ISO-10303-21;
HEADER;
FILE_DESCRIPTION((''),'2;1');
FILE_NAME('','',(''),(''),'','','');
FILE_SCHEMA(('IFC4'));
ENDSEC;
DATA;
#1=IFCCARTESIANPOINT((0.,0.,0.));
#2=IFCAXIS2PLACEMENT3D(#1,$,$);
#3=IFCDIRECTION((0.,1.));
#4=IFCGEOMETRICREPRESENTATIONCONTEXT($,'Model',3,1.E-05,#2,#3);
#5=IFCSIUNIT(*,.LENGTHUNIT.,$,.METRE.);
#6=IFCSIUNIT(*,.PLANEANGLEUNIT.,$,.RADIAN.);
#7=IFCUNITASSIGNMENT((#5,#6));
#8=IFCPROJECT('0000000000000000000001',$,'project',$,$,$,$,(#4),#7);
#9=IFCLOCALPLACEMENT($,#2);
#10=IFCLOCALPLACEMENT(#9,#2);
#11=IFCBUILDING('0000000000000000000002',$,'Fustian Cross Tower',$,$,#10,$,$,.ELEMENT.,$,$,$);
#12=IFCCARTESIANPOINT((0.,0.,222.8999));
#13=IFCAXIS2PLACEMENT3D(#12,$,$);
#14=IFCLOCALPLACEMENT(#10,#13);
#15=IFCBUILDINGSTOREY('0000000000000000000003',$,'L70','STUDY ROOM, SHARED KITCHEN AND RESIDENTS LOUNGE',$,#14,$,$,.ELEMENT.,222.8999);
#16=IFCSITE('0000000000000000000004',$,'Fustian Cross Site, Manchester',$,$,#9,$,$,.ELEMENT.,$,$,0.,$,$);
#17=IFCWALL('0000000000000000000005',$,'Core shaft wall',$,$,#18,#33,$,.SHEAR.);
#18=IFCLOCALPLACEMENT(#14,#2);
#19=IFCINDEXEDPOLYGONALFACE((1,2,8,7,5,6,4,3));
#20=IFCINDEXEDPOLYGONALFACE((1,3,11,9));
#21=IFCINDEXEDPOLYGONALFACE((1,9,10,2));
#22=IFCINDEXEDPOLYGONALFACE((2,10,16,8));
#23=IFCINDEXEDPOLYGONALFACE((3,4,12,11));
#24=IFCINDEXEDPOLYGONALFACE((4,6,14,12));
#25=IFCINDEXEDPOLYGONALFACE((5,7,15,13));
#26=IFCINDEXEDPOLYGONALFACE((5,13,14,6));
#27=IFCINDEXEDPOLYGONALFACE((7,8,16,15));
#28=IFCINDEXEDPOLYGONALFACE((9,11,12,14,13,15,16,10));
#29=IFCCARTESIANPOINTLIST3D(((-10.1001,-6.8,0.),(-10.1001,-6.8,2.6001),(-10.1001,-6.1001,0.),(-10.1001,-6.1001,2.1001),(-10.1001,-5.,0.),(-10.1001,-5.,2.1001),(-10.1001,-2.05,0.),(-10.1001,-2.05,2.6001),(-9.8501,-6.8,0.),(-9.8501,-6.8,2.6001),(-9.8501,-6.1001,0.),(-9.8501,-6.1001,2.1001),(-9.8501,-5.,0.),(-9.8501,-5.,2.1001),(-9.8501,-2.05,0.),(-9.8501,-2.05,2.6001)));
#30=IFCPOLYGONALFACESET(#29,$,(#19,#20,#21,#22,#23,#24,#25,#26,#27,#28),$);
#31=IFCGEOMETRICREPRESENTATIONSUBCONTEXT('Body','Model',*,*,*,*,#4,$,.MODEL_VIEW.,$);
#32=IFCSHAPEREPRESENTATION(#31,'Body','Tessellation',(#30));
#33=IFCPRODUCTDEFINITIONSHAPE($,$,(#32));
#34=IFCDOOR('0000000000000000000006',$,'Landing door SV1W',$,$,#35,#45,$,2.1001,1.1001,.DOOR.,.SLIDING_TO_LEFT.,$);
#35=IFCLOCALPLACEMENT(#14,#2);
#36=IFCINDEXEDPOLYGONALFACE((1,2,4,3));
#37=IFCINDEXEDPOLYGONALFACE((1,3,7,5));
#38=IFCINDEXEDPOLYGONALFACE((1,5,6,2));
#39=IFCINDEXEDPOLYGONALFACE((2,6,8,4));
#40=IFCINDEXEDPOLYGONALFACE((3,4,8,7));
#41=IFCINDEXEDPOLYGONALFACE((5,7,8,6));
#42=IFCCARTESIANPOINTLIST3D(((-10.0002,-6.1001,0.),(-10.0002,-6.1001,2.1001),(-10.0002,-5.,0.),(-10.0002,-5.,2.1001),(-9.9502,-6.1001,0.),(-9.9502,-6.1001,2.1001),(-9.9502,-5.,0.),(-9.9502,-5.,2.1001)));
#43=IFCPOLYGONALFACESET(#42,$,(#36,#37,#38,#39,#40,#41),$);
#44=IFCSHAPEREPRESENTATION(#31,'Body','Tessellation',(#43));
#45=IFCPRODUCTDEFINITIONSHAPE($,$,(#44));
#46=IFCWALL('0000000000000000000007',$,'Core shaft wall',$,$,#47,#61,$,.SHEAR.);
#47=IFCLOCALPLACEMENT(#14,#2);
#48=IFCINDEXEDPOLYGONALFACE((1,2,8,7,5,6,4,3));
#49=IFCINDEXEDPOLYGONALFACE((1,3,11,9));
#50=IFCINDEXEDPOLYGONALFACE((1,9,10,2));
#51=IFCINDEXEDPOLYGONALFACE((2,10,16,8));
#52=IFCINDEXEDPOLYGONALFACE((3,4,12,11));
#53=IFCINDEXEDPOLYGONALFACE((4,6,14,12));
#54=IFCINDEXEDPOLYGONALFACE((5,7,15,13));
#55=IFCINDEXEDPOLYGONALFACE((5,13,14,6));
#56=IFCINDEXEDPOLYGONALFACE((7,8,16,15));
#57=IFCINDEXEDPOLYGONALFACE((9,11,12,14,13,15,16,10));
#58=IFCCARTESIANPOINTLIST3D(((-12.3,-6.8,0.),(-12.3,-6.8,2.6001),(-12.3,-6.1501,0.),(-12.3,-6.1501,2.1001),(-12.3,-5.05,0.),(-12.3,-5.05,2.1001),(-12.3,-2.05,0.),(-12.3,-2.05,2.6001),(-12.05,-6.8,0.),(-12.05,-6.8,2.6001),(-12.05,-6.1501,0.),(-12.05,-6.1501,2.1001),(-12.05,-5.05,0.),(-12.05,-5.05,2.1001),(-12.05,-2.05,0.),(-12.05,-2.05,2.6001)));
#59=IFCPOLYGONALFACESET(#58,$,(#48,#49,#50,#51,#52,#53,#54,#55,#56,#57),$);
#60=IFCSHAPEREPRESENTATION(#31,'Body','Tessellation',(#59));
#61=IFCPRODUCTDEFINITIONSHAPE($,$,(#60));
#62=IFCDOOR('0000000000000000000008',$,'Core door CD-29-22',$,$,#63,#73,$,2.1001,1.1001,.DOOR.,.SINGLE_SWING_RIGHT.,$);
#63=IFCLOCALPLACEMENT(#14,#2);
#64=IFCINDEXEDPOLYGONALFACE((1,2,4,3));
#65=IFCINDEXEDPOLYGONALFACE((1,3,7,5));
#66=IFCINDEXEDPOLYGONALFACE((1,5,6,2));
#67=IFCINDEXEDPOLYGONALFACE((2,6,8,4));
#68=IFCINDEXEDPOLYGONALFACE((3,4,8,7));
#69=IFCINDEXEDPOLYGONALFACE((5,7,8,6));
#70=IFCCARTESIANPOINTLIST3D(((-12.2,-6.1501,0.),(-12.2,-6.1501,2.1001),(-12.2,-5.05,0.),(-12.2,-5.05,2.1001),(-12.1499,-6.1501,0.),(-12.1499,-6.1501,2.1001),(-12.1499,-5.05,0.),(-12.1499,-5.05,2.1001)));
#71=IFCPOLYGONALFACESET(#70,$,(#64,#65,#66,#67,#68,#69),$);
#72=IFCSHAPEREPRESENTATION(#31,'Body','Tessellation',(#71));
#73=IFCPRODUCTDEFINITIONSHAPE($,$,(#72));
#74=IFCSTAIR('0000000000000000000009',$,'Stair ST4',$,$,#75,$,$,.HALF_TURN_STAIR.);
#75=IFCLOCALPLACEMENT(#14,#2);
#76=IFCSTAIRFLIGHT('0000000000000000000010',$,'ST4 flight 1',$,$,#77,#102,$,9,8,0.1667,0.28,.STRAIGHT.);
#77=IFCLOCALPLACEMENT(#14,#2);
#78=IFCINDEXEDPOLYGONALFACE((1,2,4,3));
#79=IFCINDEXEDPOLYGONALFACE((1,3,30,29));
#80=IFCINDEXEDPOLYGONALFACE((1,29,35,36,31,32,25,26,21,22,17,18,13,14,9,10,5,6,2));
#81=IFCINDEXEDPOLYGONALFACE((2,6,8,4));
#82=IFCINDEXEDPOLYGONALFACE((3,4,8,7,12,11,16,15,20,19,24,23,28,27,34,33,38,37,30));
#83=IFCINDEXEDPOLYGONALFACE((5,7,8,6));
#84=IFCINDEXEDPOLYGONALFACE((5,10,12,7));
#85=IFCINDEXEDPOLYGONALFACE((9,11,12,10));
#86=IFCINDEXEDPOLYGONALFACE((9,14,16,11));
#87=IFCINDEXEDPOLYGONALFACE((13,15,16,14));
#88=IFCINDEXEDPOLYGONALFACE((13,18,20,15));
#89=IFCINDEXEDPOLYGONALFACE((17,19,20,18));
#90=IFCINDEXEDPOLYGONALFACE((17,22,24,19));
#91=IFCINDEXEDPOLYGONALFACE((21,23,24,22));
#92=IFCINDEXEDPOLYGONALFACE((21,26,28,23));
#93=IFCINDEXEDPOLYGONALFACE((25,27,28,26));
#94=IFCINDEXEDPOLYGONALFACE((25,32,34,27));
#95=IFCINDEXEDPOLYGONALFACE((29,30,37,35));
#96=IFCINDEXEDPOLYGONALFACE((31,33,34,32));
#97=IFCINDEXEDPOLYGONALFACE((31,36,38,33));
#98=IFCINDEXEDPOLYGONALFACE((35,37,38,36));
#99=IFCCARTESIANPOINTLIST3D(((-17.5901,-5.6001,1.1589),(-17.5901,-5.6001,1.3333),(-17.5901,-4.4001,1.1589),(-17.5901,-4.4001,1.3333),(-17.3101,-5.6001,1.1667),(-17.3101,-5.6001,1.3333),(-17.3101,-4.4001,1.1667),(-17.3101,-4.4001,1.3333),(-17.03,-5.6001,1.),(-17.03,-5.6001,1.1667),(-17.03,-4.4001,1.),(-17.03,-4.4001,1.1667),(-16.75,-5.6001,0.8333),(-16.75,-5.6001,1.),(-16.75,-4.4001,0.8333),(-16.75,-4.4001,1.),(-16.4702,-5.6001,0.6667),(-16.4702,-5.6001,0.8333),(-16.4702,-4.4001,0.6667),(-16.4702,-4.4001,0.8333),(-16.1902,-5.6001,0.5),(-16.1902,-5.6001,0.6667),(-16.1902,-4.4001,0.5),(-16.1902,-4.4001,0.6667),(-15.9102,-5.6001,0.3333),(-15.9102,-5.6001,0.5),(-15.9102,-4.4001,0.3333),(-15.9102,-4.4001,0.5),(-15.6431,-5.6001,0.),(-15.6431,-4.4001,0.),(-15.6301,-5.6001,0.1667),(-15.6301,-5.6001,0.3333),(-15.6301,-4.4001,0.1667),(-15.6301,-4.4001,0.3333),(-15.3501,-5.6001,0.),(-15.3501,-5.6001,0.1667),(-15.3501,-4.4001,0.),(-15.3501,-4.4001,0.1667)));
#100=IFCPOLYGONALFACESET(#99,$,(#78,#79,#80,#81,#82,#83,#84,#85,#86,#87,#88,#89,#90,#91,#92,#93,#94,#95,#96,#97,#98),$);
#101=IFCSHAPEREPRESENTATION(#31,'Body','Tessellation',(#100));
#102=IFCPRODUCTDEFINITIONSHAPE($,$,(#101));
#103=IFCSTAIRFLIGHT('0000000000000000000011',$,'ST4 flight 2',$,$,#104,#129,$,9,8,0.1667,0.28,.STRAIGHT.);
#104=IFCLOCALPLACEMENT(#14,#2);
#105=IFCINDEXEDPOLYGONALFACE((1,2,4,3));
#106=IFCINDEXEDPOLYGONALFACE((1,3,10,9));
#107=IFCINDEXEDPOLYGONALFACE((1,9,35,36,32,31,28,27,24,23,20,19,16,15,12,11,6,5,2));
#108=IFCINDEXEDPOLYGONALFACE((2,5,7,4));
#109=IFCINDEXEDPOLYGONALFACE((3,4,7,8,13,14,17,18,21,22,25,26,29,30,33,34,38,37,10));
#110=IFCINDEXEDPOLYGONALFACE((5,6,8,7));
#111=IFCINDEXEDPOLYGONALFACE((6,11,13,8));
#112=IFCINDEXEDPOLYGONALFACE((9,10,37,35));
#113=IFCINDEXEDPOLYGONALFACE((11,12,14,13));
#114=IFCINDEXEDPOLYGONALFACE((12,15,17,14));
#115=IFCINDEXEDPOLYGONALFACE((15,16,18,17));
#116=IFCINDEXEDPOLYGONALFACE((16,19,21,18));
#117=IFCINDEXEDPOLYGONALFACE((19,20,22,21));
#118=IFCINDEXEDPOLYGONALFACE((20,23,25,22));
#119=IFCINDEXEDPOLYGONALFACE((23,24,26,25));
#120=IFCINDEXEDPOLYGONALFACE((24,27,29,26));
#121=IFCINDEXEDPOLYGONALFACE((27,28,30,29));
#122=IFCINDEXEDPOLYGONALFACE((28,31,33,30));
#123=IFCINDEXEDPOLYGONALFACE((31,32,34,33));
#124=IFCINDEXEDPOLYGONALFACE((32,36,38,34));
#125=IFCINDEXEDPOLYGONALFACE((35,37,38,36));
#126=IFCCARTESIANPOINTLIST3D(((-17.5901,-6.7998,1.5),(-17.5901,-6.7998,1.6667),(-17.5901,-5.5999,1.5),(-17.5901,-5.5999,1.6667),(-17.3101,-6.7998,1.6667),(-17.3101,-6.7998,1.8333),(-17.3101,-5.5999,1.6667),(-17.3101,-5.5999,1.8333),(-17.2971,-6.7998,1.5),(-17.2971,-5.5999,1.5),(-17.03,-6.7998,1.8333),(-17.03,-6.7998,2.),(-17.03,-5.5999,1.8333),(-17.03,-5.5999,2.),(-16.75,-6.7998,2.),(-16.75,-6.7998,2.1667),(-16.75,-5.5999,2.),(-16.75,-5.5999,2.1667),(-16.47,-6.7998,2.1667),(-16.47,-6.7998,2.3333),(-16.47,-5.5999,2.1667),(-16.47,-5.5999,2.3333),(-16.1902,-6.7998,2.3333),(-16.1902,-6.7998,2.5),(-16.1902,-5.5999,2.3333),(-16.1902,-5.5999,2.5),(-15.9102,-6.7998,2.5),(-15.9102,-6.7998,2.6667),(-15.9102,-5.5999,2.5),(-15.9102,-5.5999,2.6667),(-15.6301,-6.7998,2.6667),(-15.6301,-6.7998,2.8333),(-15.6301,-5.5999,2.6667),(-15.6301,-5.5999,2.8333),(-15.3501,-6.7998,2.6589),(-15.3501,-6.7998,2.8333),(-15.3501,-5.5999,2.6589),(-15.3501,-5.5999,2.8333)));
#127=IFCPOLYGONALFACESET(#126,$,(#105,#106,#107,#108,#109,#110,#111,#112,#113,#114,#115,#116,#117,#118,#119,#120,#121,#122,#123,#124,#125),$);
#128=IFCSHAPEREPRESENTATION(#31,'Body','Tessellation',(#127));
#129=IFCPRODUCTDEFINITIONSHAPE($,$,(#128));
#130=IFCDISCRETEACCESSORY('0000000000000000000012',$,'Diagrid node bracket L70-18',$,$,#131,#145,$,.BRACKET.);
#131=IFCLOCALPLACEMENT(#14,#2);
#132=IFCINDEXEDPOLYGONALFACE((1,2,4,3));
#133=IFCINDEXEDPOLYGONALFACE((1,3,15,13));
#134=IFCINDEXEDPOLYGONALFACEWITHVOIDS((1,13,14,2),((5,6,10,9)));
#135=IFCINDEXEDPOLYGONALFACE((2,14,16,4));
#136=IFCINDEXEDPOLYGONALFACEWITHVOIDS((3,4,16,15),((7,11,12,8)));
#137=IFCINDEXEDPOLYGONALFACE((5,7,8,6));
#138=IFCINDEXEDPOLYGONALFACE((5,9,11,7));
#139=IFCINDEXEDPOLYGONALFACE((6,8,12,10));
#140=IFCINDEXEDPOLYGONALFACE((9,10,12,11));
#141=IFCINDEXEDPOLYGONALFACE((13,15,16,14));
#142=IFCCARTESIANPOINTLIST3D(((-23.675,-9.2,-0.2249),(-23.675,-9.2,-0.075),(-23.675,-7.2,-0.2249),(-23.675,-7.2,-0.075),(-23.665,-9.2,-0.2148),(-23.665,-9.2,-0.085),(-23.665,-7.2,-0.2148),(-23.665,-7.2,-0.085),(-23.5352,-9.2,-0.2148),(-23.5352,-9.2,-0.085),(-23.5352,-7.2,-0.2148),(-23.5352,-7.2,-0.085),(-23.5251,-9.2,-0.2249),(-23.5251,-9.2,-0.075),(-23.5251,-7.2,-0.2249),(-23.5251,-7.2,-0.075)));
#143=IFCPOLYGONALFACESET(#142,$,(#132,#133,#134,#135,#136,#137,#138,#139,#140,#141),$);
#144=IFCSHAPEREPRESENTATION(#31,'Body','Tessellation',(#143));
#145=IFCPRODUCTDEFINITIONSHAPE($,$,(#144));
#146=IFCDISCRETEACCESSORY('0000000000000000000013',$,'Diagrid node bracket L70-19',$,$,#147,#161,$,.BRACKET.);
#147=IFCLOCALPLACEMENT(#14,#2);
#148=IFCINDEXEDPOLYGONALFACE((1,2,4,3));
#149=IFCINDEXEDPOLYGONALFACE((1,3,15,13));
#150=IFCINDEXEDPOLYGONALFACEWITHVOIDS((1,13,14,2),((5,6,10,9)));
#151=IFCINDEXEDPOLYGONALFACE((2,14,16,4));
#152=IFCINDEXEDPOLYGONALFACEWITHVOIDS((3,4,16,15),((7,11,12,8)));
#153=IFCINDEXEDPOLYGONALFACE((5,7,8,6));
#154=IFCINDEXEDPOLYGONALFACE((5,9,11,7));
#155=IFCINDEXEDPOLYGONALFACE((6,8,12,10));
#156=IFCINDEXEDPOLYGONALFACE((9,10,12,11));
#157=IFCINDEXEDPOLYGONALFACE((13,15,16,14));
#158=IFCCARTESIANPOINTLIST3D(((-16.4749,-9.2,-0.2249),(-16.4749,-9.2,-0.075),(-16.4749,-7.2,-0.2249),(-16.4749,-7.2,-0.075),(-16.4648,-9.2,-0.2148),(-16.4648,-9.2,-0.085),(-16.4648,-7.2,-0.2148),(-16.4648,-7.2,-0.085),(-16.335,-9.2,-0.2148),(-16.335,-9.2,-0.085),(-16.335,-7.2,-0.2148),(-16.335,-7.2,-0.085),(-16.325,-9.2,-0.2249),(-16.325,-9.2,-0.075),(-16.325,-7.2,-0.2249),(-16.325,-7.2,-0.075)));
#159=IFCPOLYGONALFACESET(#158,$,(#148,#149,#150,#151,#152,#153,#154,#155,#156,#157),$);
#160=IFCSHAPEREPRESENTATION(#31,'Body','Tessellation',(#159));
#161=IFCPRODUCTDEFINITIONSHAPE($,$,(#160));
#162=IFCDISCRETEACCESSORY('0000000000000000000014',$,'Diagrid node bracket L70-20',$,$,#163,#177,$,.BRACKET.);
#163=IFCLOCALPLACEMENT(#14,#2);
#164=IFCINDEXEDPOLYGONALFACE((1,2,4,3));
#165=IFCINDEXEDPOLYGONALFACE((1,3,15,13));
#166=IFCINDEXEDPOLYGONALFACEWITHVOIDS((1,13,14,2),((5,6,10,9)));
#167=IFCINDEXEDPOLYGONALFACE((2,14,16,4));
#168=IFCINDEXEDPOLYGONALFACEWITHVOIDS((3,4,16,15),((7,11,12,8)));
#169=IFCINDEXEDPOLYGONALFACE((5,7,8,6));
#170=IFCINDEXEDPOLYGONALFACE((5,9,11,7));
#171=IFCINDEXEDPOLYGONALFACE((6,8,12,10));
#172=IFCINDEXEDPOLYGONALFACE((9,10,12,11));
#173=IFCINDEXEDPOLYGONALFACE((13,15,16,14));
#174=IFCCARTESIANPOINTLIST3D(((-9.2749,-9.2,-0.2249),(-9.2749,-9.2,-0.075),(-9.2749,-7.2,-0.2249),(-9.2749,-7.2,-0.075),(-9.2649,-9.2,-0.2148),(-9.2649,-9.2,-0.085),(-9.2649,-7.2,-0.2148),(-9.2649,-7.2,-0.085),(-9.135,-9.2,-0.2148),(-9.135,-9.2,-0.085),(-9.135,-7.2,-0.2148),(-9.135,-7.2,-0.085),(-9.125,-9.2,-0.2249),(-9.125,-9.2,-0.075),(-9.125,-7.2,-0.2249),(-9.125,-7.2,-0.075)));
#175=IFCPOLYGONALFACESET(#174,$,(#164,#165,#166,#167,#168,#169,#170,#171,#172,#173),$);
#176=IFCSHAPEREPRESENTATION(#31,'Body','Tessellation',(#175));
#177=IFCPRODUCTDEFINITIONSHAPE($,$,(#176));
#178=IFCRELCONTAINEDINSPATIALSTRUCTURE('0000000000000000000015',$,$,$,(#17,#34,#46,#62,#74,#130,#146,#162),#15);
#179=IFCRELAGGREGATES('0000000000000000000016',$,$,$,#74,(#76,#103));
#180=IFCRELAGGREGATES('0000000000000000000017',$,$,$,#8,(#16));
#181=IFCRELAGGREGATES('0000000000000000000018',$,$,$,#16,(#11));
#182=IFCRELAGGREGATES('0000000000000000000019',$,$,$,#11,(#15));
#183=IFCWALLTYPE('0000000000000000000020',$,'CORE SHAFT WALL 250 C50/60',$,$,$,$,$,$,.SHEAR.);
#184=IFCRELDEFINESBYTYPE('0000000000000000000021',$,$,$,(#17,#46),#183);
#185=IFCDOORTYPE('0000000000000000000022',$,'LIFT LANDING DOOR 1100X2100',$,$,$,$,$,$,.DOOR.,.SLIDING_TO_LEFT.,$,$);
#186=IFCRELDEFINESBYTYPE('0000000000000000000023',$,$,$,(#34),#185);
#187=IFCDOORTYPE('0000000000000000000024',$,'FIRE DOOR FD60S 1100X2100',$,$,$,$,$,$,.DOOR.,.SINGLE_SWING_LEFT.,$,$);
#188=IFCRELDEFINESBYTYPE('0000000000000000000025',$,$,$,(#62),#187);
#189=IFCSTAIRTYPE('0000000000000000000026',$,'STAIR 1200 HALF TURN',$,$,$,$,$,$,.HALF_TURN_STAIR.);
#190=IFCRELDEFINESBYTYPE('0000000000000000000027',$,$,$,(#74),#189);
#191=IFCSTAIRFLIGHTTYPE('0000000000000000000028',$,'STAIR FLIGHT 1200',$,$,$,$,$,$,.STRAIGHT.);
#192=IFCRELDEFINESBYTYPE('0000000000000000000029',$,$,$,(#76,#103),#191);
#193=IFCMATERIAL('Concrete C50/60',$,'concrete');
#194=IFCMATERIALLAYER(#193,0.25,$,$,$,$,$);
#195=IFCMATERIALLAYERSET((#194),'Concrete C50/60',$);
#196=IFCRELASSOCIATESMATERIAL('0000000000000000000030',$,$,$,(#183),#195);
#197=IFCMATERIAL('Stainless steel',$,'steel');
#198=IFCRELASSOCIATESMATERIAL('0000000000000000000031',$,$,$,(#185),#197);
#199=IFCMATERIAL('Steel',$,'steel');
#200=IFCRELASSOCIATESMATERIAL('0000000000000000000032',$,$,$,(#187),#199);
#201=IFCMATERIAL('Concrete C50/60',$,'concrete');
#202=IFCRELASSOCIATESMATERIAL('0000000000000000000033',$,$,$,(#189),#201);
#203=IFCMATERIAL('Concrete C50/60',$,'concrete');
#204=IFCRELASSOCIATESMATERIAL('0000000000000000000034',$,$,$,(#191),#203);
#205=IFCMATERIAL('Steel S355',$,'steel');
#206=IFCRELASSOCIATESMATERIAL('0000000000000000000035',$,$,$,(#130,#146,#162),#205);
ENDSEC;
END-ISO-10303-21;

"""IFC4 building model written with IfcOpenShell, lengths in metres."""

from ifc_helpers import new_model, si_unit, direction, frame, frame_2d, origin, origin_2d, place, context, subcontext, project, spatial, polyline, rectangle, hollow_rectangle, outline, extrude, material, layer, layer_set, type_object, element, fill, aggregate, save


model = new_model("IFC4")

# Units and contexts
model_context = context("Model", 3, precision=1e-05, world=origin(), true_north=direction((0.0, 1.0)))
body_context = subcontext(model_context, "Body", "Model", "MODEL_VIEW")
ifc_project = project(units=[si_unit("LENGTHUNIT", "METRE"), si_unit("PLANEANGLEUNIT", "RADIAN")], contexts=[model_context])

# Site, building, storey
site_placement = place(None, origin())
site = spatial("IfcSite", under=ifc_project, at=site_placement, Name="Fustian Cross Site, Manchester", CompositionType="ELEMENT", RefElevation=0.0)
building_placement = place(site_placement, origin())
building = spatial("IfcBuilding", under=site, at=building_placement, Name="Fustian Cross Tower", CompositionType="ELEMENT")
storey_placement = place(building_placement, frame((0.0, 0.0, 222.8999)))
storey = spatial("IfcBuildingStorey", under=building, at=storey_placement, Name="L70", Description="STUDY ROOM, SHARED KITCHEN AND RESIDENTS LOUNGE", CompositionType="ELEMENT", Elevation=222.8999)

# Shared definitions
ifc_material_1 = material(Name="Concrete C50/60", Category="concrete")
ifc_layer_1 = layer(ifc_material_1, 0.25)
ifc_layer_set_1 = layer_set([ifc_layer_1], Name="Concrete C50/60")
wall_type_1 = type_object("IfcWallType", Name="CORE SHAFT WALL 250 C50/60", PredefinedType="SHEAR", material=ifc_layer_set_1)

# Walls, openings, doors
wall_1_placement = place(storey_placement, frame((-9.9751, -2.05, 0.0), z_axis=(0.0, 0.0, 1.0), x_axis=(0.0, -1.0, 0.0)))
wall_1 = element("IfcWall", 1, at=wall_1_placement, inside=storey, type_object=wall_type_1, Name="Core shaft wall", PredefinedType="SHEAR", context=body_context, shape_type="SweptSolid", body=[
    extrude(rectangle(XDim=4.75, YDim=0.25, at=frame_2d((2.375, 0.0))), origin(), (0.0, 0.0, 1.0), 2.6001),
])
opening_1_placement = place(wall_1_placement, frame((2.95, 0.0, 0.0)))
opening_1 = element("IfcOpeningElement", 2, at=opening_1_placement, cuts=wall_1, PredefinedType="OPENING", context=body_context, shape_type="SweptSolid", body=[
    extrude(rectangle(XDim=1.1001, YDim=2.1001, at=frame_2d((0.55, 1.05))), frame((0.0, 0.135, 0.0), z_axis=(0.0, -1.0, 0.0), x_axis=(1.0, 0.0, 0.0)), (0.0, 0.0, 1.0), 0.27),
])
ifc_material_2 = material(Name="Stainless steel", Category="steel")
door_type_1 = type_object("IfcDoorType", Name="LIFT LANDING DOOR 1100X2100", OperationType="SLIDING_TO_LEFT", PredefinedType="DOOR", material=ifc_material_2)
door_1_placement = place(opening_1_placement, origin())
door_1 = element("IfcDoor", 3, at=door_1_placement, inside=storey, type_object=door_type_1, Name="Landing door SV1W", OperationType="SLIDING_TO_LEFT", OverallHeight=2.1001, OverallWidth=1.1001, PredefinedType="DOOR", context=body_context, shape_type="SweptSolid", body=[
    extrude(rectangle(XDim=1.1001, YDim=2.1001, at=frame_2d((0.55, 1.05))), frame((0.0, 0.0249, 0.0), z_axis=(0.0, -1.0, 0.0), x_axis=(1.0, 0.0, 0.0)), (0.0, 0.0, 1.0), 0.05),
])
fill(opening_1, door_1)
wall_2_placement = place(storey_placement, frame((-12.175, -2.05, 0.0), z_axis=(0.0, 0.0, 1.0), x_axis=(0.0, -1.0, 0.0)))
wall_2 = element("IfcWall", 4, at=wall_2_placement, inside=storey, type_object=wall_type_1, Name="Core shaft wall", PredefinedType="SHEAR", context=body_context, shape_type="SweptSolid", body=[
    extrude(rectangle(XDim=4.75, YDim=0.25, at=frame_2d((2.375, 0.0))), origin(), (0.0, 0.0, 1.0), 2.6001),
])
opening_2_placement = place(wall_2_placement, frame((3.0, 0.0, 0.0)))
opening_2 = element("IfcOpeningElement", 5, at=opening_2_placement, cuts=wall_2, PredefinedType="OPENING", context=body_context, shape_type="SweptSolid", body=[
    extrude(rectangle(XDim=1.1001, YDim=2.1001, at=frame_2d((0.55, 1.05))), frame((0.0, 0.135, 0.0), z_axis=(0.0, -1.0, 0.0), x_axis=(1.0, 0.0, 0.0)), (0.0, 0.0, 1.0), 0.27),
])
ifc_material_3 = material(Name="Steel", Category="steel")
door_type_2 = type_object("IfcDoorType", Name="FIRE DOOR FD60S 1100X2100", OperationType="SINGLE_SWING_LEFT", PredefinedType="DOOR", material=ifc_material_3)
door_2_placement = place(opening_2_placement, frame((1.1001, 0.0, 0.0), z_axis=(0.0, 0.0, 1.0), x_axis=(-1.0, 0.0, 0.0)))
door_2 = element("IfcDoor", 6, at=door_2_placement, inside=storey, type_object=door_type_2, Name="Core door CD-29-22", OperationType="SINGLE_SWING_RIGHT", OverallHeight=2.1001, OverallWidth=1.1001, PredefinedType="DOOR", context=body_context, shape_type="SweptSolid", body=[
    extrude(rectangle(XDim=1.1001, YDim=2.1001, at=frame_2d((0.55, 1.05))), frame((0.0, 0.0249, 0.0), z_axis=(0.0, -1.0, 0.0), x_axis=(1.0, 0.0, 0.0)), (0.0, 0.0, 1.0), 0.05),
])
fill(opening_2, door_2)

# Stair, stair flights
ifc_material_4 = material(Name="Concrete C50/60", Category="concrete")
stair_type = type_object("IfcStairType", Name="STAIR 1200 HALF TURN", PredefinedType="HALF_TURN_STAIR", material=ifc_material_4)
stair_placement = place(storey_placement, origin())
stair = element("IfcStair", 7, at=stair_placement, inside=storey, type_object=stair_type, Name="Stair ST4", PredefinedType="HALF_TURN_STAIR")
ifc_material_5 = material(Name="Concrete C50/60", Category="concrete")
stair_flight_type = type_object("IfcStairFlightType", Name="STAIR FLIGHT 1200", PredefinedType="STRAIGHT", material=ifc_material_5)
stair_flight_1_placement = place(storey_placement, frame((-15.3501, -5.0, 0.0), z_axis=(0.0, 0.0, 1.0), x_axis=(-1.0, 0.0, 0.0)))
stair_flight_1 = element("IfcStairFlight", 8, at=stair_flight_1_placement, type_object=stair_flight_type, Name="ST4 flight 1", NumberOfRisers=9, NumberOfTreads=8, PredefinedType="STRAIGHT", RiserHeight=0.1667, TreadLength=0.28, context=body_context, shape_type="SweptSolid", body=[
    extrude(outline(polyline([(0.0, 0.0), (0.0, 0.1667), (0.28, 0.1667), (0.28, 0.3333), (0.5601, 0.3333), (0.5601, 0.5), (0.8401, 0.5), (0.8401, 0.6667), (1.1201, 0.6667), (1.1201, 0.8333), (1.3999, 0.8333), (1.3999, 1.0), (1.6799, 1.0), (1.6799, 1.1667), (1.96, 1.1667), (1.96, 1.3333), (2.24, 1.3333), (2.24, 1.5), (2.24, 1.1589), (0.293, 0.0), (0.0, 0.0)])), frame((0.0, 0.6001, 0.0), z_axis=(0.0, -1.0, 0.0), x_axis=(1.0, 0.0, 0.0)), (0.0, 0.0, 1.0), 1.2),
])
stair_flight_2_placement = place(storey_placement, frame((-17.5901, -6.2, 1.5), z_axis=(0.0, 0.0, 1.0), x_axis=(1.0, 0.0, 0.0)))
stair_flight_2 = element("IfcStairFlight", 9, at=stair_flight_2_placement, type_object=stair_flight_type, Name="ST4 flight 2", NumberOfRisers=9, NumberOfTreads=8, PredefinedType="STRAIGHT", RiserHeight=0.1667, TreadLength=0.28, context=body_context, shape_type="SweptSolid", body=[
    extrude(outline(polyline([(0.0, 0.0), (0.0, 0.1667), (0.28, 0.1667), (0.28, 0.3333), (0.5601, 0.3333), (0.5601, 0.5), (0.8401, 0.5), (0.8401, 0.6667), (1.1201, 0.6667), (1.1201, 0.8333), (1.3999, 0.8333), (1.3999, 1.0), (1.6799, 1.0), (1.6799, 1.1667), (1.96, 1.1667), (1.96, 1.3333), (2.24, 1.3333), (2.24, 1.5), (2.24, 1.1589), (0.293, 0.0), (0.0, 0.0)])), frame((0.0, 0.6001, 0.0), z_axis=(0.0, -1.0, 0.0), x_axis=(1.0, 0.0, 0.0)), (0.0, 0.0, 1.0), 1.2),
])
aggregate(stair, [stair_flight_1, stair_flight_2])

# Discrete accessories
ifc_material_6 = material(Name="Steel S355", Category="steel")
for number, where, z_axis, x_axis, name in (
    (10, (-23.6001, -9.2, -0.1499), (0.0, 1.0, 0.0), (-1.0, 0.0, 0.0), "Diagrid node bracket L70-18"),
    (11, (-16.3999, -9.2, -0.1499), (0.0, 1.0, 0.0), (-1.0, 0.0, 0.0), "Diagrid node bracket L70-19"),
    (12, (-9.2, -9.2, -0.1499), (0.0, 1.0, 0.0), (-1.0, 0.0, 0.0), "Diagrid node bracket L70-20"),
):
    element("IfcDiscreteAccessory", number, at=place(storey_placement, frame(where, z_axis=z_axis, x_axis=x_axis)), inside=storey, material=ifc_material_6, Name=name, PredefinedType="BRACKET", context=body_context, shape_type="SweptSolid", body=[
        extrude(hollow_rectangle(XDim=0.1499, YDim=0.1499, WallThickness=0.01, at=origin_2d()), origin(), (0.0, 0.0, 1.0), 2.0),
    ])

save(model, "model.ifc")
